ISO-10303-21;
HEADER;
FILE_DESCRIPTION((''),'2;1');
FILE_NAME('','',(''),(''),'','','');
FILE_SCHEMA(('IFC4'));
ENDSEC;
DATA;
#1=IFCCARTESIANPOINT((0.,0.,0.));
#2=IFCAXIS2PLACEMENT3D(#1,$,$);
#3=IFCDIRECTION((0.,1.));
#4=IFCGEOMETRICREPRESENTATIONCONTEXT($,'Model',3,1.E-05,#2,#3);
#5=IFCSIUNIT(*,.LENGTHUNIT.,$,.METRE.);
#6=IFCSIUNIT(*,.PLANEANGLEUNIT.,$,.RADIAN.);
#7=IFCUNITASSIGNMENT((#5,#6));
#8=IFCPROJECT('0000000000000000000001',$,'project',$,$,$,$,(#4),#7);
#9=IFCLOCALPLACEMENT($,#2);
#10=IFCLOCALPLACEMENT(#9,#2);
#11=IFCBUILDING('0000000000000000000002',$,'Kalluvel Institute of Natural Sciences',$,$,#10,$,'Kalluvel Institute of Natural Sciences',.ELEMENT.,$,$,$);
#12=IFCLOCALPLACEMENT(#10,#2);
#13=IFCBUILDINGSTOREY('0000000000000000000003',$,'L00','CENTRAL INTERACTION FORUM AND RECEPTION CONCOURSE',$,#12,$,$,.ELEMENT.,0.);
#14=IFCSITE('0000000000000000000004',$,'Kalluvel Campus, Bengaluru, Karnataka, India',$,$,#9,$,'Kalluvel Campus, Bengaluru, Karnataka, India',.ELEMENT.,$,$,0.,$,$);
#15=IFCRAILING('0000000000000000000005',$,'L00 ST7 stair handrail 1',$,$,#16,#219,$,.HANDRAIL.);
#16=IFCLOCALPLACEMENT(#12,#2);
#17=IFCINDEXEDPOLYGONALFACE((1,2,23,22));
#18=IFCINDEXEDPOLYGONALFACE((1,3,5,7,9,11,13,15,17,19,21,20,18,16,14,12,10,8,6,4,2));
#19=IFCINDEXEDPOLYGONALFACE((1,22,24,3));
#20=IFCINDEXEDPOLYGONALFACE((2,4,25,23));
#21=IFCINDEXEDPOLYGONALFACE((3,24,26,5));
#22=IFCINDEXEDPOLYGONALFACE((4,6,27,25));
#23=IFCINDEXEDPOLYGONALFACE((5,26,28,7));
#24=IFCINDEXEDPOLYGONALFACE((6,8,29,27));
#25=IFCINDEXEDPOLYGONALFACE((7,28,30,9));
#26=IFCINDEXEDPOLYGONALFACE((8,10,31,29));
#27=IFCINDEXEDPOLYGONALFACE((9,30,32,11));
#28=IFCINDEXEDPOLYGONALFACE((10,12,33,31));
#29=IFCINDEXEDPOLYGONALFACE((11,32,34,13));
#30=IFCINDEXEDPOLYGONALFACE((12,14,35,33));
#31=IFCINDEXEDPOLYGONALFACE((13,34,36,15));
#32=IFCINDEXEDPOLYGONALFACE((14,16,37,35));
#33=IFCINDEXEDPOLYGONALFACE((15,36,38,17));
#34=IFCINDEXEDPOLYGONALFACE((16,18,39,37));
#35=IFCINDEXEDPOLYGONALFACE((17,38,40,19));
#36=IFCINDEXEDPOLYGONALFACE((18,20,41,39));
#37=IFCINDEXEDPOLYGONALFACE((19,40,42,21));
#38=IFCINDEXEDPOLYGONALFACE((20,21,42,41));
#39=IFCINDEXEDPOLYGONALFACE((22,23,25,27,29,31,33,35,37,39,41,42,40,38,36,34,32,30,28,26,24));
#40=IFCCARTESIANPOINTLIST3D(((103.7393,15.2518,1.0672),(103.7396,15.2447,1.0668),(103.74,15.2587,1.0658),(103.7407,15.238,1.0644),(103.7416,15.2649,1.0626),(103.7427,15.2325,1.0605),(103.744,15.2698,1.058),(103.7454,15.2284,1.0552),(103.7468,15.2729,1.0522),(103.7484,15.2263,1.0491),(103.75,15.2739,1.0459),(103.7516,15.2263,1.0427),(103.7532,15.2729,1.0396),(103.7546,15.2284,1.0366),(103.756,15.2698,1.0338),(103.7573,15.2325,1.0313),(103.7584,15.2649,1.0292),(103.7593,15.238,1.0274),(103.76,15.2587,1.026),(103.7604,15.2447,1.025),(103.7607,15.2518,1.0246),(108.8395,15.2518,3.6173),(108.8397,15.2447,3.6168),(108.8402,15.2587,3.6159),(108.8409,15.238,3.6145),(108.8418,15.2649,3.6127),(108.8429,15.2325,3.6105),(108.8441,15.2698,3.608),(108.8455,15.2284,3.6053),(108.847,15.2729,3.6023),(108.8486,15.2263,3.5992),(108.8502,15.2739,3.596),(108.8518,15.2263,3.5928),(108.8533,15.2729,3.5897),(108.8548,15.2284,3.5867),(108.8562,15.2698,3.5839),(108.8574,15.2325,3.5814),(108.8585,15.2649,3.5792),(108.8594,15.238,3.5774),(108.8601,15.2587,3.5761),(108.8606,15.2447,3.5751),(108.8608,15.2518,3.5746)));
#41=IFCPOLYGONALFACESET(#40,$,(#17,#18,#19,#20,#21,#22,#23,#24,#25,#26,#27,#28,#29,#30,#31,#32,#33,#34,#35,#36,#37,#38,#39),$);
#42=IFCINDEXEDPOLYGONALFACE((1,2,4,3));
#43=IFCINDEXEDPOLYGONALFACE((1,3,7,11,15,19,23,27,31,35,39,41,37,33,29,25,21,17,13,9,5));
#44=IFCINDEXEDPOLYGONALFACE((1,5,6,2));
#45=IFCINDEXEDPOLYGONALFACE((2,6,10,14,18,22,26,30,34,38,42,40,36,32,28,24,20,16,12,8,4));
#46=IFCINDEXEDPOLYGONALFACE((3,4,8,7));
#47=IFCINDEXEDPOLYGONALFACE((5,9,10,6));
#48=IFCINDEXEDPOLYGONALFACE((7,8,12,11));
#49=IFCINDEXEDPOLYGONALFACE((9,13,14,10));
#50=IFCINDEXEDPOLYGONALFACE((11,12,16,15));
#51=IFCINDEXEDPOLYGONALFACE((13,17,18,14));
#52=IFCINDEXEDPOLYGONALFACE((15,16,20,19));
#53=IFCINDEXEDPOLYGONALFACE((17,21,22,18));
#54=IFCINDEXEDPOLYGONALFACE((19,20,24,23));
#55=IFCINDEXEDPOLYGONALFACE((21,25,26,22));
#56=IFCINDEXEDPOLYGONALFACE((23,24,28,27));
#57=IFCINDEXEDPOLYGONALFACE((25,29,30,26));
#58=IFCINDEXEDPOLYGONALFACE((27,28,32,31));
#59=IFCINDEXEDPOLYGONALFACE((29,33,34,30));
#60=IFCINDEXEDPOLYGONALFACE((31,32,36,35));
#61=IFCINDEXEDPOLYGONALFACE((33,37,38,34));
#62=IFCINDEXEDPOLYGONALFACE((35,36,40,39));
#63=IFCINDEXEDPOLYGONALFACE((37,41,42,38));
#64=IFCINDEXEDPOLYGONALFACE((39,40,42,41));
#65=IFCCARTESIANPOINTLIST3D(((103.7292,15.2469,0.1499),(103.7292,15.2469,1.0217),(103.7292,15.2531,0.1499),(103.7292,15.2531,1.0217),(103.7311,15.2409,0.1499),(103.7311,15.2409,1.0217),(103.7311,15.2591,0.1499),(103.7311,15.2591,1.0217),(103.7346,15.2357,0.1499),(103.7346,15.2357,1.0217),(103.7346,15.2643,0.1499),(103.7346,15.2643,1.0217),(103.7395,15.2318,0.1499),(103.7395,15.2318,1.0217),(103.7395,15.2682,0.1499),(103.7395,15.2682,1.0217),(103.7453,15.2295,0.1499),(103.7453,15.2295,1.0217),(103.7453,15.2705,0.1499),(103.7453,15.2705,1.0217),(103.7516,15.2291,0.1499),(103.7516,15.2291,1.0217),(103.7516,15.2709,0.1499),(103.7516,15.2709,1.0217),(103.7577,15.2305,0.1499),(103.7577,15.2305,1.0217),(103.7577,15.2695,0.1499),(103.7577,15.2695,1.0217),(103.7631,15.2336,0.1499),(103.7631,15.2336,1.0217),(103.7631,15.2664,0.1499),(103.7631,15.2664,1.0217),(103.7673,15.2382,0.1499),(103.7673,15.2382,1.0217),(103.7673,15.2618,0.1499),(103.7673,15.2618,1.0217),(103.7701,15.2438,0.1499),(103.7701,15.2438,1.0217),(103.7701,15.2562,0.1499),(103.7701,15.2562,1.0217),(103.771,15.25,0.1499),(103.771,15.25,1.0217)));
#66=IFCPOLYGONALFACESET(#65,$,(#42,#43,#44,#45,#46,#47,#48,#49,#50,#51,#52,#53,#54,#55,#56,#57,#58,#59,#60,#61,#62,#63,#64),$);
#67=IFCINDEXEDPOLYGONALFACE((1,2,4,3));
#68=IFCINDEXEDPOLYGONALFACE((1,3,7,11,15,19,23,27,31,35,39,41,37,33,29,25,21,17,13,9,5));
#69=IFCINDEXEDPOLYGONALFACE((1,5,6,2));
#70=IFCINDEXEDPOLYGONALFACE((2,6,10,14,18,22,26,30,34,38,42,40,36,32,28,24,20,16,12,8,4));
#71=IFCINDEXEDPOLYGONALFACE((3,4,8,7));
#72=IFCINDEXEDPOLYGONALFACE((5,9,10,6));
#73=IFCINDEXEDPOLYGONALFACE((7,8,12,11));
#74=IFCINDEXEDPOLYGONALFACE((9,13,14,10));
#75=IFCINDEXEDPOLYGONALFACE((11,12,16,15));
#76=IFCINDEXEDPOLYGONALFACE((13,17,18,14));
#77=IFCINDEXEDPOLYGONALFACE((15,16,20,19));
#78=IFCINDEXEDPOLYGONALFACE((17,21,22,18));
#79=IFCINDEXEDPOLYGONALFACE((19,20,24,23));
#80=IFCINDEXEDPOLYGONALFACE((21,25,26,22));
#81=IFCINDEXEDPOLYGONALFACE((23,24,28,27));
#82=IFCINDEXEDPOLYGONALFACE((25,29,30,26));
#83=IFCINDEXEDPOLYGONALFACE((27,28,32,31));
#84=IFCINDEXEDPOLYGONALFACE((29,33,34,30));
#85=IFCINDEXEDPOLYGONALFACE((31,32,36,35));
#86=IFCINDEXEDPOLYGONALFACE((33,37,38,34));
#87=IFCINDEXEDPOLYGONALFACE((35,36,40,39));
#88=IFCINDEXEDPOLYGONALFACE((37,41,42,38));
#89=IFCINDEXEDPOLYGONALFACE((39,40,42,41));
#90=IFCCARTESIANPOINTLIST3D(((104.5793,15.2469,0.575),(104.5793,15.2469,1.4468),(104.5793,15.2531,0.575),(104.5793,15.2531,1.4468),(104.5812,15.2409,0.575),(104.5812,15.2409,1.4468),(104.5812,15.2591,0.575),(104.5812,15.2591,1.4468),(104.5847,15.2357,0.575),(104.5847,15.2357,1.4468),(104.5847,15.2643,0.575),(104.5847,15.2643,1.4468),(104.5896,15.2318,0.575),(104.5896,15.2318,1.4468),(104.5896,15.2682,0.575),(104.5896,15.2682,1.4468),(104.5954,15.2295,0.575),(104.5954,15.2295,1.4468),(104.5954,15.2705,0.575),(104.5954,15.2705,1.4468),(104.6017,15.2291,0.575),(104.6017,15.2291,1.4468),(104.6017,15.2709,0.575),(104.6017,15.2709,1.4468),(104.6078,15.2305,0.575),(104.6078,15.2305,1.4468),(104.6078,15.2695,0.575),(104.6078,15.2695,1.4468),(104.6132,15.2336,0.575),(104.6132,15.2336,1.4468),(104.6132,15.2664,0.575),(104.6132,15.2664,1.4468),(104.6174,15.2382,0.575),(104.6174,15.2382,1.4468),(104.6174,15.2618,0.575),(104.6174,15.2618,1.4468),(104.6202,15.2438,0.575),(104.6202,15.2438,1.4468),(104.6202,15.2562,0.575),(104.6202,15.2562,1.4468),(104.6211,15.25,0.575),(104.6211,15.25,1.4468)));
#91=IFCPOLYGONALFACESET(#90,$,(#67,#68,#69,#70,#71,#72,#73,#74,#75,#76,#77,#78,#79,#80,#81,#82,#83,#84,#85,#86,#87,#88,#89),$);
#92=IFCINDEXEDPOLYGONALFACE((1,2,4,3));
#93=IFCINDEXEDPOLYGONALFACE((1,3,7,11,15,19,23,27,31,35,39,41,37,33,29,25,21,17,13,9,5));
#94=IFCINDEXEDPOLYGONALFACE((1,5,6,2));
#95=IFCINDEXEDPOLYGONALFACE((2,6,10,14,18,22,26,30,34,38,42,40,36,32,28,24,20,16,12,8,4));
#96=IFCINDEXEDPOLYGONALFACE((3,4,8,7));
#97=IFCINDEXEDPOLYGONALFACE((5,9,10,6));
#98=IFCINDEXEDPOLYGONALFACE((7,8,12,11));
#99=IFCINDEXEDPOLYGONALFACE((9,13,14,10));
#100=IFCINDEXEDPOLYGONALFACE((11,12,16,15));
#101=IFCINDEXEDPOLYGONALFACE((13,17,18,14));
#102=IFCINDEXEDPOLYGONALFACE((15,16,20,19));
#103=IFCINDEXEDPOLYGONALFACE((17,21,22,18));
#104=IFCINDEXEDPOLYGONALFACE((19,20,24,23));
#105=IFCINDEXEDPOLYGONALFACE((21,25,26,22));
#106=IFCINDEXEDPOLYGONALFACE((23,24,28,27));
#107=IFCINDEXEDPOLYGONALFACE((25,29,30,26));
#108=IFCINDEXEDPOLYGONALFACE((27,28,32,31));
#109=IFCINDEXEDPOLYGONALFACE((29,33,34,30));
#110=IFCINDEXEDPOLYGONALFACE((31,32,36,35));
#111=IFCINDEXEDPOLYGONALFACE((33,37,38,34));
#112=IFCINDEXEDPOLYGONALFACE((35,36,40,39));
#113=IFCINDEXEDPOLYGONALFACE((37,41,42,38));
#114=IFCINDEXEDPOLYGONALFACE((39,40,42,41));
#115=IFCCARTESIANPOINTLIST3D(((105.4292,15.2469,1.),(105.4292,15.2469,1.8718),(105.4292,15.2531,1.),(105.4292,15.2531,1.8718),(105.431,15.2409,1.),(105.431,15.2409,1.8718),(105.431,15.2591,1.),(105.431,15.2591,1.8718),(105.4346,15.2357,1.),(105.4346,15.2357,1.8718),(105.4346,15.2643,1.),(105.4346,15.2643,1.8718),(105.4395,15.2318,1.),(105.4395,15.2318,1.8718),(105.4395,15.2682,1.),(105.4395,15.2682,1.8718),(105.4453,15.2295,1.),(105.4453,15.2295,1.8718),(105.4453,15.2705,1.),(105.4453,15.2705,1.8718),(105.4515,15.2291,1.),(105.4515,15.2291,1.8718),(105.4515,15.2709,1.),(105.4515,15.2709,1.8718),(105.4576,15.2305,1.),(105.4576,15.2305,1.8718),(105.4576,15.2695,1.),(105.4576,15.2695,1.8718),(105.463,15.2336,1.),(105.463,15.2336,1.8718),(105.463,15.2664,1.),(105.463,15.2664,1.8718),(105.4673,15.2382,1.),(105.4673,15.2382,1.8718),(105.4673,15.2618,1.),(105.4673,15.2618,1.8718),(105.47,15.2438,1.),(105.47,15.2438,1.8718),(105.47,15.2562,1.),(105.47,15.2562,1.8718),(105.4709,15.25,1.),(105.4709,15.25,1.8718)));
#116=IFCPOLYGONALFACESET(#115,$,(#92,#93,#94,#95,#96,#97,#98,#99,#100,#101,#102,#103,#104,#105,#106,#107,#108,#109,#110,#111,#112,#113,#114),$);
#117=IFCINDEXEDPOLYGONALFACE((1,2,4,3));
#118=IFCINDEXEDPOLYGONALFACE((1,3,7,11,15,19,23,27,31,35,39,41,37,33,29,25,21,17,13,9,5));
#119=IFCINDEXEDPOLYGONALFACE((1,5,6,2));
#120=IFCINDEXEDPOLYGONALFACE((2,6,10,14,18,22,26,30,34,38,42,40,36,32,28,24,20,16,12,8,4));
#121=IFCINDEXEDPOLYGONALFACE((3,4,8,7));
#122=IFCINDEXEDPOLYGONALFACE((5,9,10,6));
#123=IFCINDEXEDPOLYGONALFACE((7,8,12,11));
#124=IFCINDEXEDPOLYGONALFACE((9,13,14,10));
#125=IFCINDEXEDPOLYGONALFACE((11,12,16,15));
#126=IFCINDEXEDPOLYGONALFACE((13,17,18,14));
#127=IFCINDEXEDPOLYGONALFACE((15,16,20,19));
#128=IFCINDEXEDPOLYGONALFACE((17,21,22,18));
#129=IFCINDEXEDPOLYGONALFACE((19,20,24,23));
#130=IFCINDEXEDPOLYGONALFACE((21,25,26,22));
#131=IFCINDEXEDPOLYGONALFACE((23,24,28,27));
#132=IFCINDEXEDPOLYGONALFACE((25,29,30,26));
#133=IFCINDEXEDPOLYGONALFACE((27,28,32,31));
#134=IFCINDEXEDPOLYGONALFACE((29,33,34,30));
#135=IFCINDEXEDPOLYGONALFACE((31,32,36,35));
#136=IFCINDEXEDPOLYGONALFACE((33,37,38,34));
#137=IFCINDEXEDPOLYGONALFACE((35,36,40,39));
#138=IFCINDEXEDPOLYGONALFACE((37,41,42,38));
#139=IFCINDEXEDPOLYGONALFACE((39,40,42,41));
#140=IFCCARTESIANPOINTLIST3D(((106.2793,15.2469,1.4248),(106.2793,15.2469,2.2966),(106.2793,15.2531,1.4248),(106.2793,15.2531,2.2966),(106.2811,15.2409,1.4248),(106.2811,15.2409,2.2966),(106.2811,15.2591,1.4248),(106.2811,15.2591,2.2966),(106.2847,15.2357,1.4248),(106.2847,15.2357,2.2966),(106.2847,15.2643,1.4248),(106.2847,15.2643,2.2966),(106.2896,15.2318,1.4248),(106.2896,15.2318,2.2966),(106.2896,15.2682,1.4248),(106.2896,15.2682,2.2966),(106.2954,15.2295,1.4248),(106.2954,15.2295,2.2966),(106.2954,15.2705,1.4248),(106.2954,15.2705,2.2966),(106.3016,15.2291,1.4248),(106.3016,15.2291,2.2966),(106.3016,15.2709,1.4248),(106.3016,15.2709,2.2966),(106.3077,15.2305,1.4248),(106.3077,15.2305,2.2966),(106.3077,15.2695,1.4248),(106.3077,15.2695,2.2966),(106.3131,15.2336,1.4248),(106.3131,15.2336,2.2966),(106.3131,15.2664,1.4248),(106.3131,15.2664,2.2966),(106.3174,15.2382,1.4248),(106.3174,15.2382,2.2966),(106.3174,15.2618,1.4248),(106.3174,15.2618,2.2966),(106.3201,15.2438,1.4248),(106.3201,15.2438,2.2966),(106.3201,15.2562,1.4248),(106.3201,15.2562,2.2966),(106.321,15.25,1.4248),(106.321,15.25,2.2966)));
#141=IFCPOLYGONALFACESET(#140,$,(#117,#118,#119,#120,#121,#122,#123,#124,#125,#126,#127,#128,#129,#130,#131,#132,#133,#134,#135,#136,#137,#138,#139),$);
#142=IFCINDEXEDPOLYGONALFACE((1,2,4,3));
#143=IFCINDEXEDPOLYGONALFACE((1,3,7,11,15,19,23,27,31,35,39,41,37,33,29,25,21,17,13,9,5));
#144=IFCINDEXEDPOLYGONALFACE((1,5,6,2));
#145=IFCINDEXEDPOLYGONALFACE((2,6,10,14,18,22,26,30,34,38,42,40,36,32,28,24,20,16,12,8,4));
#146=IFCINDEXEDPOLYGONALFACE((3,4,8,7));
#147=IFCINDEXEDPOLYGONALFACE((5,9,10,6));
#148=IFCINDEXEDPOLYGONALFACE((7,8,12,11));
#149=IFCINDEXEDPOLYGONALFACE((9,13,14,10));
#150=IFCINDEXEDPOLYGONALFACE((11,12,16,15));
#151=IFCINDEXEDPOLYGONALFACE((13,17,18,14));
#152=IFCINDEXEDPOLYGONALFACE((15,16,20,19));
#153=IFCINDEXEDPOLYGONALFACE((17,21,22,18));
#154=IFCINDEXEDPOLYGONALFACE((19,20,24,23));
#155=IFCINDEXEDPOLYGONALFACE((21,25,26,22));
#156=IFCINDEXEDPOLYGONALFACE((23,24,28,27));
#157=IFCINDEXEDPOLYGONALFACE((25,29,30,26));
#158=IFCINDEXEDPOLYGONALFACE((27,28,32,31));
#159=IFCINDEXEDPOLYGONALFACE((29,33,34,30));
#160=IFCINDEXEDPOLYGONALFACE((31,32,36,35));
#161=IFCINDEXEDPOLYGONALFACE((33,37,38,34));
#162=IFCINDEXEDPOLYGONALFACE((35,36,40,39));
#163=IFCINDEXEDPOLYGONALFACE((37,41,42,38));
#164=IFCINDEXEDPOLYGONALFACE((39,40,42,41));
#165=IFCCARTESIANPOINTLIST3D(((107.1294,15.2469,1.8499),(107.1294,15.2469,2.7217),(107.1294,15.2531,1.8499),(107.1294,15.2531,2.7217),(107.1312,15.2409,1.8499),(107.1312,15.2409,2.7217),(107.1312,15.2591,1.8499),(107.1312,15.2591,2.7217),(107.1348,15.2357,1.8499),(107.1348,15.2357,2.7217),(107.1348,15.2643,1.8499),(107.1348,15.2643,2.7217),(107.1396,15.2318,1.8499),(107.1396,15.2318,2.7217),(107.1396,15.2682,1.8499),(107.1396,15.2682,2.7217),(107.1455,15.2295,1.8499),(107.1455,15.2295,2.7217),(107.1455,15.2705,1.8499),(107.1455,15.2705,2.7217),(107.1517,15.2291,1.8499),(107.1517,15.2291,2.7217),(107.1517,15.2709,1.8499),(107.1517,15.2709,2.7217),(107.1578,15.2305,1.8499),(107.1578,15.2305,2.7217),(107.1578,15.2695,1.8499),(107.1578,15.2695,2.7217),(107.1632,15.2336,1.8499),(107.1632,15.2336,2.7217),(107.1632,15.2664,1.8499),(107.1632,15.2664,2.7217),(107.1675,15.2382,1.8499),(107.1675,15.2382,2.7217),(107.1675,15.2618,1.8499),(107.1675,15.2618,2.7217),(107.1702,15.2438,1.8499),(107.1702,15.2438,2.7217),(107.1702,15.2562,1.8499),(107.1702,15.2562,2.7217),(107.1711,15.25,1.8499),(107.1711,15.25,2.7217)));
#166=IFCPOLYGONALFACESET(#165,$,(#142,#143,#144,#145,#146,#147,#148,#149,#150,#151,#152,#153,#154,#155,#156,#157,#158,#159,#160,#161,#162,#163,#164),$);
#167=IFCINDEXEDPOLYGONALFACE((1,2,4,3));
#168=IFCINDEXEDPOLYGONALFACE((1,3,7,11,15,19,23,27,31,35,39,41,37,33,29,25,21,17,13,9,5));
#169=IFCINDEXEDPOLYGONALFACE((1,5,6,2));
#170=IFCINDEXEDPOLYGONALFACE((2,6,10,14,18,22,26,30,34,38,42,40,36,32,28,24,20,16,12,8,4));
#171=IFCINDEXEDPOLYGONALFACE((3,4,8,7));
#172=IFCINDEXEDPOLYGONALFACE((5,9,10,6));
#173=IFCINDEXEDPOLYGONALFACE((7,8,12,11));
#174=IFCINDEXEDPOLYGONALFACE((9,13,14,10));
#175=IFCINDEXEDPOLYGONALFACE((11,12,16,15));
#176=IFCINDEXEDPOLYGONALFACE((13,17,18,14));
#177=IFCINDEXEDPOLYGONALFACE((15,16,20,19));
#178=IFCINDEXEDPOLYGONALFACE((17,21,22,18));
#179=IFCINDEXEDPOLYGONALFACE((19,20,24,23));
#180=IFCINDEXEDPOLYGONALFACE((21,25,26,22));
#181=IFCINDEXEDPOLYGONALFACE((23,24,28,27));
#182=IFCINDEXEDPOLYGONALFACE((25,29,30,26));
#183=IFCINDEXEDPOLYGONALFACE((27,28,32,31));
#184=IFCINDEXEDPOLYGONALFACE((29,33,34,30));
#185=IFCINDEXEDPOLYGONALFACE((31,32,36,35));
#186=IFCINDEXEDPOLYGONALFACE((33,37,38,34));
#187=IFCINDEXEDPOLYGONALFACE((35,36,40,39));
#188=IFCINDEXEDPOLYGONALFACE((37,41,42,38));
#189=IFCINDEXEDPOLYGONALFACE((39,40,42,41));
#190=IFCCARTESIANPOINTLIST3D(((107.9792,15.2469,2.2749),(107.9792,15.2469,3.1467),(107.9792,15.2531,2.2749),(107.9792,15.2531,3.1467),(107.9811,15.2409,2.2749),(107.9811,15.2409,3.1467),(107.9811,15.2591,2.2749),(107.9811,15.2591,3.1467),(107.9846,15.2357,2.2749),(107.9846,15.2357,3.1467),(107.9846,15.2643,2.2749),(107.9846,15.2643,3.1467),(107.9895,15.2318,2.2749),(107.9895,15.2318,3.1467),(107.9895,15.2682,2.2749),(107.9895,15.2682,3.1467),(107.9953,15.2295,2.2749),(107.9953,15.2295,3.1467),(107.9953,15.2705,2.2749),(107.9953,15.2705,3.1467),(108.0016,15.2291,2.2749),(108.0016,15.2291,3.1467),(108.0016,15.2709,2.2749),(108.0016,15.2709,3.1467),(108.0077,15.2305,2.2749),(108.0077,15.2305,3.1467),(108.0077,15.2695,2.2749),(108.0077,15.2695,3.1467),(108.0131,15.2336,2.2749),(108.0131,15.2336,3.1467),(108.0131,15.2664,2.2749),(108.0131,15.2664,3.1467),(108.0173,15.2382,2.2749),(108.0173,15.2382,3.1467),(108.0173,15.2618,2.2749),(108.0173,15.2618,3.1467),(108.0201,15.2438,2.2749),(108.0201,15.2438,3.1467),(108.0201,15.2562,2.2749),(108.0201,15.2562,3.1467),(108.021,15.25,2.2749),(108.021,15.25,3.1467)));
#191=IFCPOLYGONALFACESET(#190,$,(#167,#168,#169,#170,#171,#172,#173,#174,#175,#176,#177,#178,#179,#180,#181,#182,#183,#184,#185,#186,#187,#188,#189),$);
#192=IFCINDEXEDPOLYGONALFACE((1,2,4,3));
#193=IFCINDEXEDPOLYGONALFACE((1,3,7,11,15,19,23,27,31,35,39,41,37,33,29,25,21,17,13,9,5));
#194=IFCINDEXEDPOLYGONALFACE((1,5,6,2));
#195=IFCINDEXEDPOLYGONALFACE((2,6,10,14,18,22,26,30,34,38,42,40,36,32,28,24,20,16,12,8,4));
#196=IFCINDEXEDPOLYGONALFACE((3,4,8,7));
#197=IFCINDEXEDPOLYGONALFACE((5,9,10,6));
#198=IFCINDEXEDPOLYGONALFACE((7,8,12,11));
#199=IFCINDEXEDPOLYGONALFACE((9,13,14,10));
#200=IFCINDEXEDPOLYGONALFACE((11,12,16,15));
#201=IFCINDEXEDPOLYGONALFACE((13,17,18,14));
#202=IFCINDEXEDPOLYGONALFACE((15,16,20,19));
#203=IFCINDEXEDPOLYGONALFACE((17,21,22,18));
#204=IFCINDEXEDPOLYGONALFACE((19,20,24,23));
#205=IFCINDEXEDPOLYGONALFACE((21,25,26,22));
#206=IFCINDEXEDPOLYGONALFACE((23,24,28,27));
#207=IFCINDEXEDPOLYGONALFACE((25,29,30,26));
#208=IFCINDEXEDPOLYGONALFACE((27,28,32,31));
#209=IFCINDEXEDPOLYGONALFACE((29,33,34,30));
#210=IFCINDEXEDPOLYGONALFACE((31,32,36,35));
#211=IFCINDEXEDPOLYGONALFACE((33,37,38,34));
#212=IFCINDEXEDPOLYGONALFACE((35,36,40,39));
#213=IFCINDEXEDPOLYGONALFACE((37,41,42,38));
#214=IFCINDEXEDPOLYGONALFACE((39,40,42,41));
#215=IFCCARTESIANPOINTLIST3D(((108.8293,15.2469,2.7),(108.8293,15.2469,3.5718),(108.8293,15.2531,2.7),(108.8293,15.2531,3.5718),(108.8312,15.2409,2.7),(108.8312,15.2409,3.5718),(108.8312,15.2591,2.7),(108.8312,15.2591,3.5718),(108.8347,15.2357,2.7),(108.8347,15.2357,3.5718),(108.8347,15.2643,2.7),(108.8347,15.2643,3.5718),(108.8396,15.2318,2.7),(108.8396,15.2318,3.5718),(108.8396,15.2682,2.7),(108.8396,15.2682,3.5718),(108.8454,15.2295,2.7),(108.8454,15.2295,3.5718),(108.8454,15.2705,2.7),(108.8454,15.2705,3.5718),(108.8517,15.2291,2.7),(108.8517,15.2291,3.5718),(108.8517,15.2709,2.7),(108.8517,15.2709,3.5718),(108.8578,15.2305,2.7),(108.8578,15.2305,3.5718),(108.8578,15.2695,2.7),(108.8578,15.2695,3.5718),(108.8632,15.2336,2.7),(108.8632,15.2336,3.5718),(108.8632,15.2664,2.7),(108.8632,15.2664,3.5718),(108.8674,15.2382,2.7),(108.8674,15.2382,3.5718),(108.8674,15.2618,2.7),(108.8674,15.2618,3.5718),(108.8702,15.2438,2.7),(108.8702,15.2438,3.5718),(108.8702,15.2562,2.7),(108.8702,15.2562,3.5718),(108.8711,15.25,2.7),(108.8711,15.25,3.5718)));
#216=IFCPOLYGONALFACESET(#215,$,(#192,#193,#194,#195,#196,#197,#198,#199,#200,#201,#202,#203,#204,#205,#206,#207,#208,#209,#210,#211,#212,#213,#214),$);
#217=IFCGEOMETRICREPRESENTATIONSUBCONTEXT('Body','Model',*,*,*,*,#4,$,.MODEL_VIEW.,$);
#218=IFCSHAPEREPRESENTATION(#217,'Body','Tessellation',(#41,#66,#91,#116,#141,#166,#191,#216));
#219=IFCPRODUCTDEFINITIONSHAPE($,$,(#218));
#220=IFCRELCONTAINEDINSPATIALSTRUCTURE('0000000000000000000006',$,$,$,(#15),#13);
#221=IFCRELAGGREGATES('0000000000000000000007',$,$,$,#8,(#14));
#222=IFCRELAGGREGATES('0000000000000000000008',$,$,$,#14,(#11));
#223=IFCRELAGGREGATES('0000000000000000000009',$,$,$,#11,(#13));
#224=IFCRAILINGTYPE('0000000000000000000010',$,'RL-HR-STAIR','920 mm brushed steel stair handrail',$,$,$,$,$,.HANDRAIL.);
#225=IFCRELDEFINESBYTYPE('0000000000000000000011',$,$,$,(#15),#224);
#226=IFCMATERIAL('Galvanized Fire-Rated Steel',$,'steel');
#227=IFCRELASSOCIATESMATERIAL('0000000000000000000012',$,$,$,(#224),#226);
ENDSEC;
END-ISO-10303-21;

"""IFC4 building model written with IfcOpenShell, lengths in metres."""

from ifc_helpers import new_model, si_unit, direction, frame, origin, origin_2d, place, context, subcontext, project, spatial, circle, extrude, material, type_object, element, save


model = new_model("IFC4")

# Units and contexts
model_context = context("Model", 3, precision=1e-05, world=origin(), true_north=direction((0.0, 1.0)))
body_context = subcontext(model_context, "Body", "Model", "MODEL_VIEW")
ifc_project = project(units=[si_unit("LENGTHUNIT", "METRE"), si_unit("PLANEANGLEUNIT", "RADIAN")], contexts=[model_context])

# Site, building, storey
site_placement = place(None, origin())
site = spatial("IfcSite", under=ifc_project, at=site_placement, Name="Kalluvel Campus, Bengaluru, Karnataka, India", LongName="Kalluvel Campus, Bengaluru, Karnataka, India", CompositionType="ELEMENT", RefElevation=0.0)
building_placement = place(site_placement, origin())
building = spatial("IfcBuilding", under=site, at=building_placement, Name="Kalluvel Institute of Natural Sciences", LongName="Kalluvel Institute of Natural Sciences", CompositionType="ELEMENT")
storey_placement = place(building_placement, origin())
storey = spatial("IfcBuildingStorey", under=building, at=storey_placement, Name="L00", Description="CENTRAL INTERACTION FORUM AND RECEPTION CONCOURSE", CompositionType="ELEMENT", Elevation=0.0)

# Railing
ifc_material_1 = material(Name="Galvanized Fire-Rated Steel", Category="steel")
railing_type_1 = type_object("IfcRailingType", Name="RL-HR-STAIR", Description="920 mm brushed steel stair handrail", PredefinedType="HANDRAIL", material=ifc_material_1)
railing_1_placement = place(storey_placement, frame((103.75, 15.25, 0.1499)))
element("IfcRailing", 1, at=railing_1_placement, inside=storey, type_object=railing_type_1, Name="L00 ST7 stair handrail 1", PredefinedType="HANDRAIL", context=body_context, shape_type="SweptSolid", body=[
    extrude(circle(Radius=0.0239, at=origin_2d()), frame((0.0, 0.0, 0.896), z_axis=(0.894427, 0.0, 0.447214), x_axis=(0.0, 1.0, 0.0)), (0.0, 0.0, 1.0), 5.7021),
    extrude(circle(Radius=0.021, at=origin_2d()), origin(), (0.0, 0.0, 1.0), 0.8718),
    extrude(circle(Radius=0.021, at=origin_2d()), frame((0.8501, 0.0, 0.425)), (0.0, 0.0, 1.0), 0.8718),
    extrude(circle(Radius=0.021, at=origin_2d()), frame((1.7, 0.0, 0.8501)), (0.0, 0.0, 1.0), 0.8718),
    extrude(circle(Radius=0.021, at=origin_2d()), frame((2.55, 0.0, 1.2749)), (0.0, 0.0, 1.0), 0.8718),
    extrude(circle(Radius=0.021, at=origin_2d()), frame((3.4001, 0.0, 1.7)), (0.0, 0.0, 1.0), 0.8718),
    extrude(circle(Radius=0.021, at=origin_2d()), frame((4.25, 0.0, 2.125)), (0.0, 0.0, 1.0), 0.8718),
    extrude(circle(Radius=0.021, at=origin_2d()), frame((5.1001, 0.0, 2.55)), (0.0, 0.0, 1.0), 0.8718),
])

save(model, "model.ifc")
